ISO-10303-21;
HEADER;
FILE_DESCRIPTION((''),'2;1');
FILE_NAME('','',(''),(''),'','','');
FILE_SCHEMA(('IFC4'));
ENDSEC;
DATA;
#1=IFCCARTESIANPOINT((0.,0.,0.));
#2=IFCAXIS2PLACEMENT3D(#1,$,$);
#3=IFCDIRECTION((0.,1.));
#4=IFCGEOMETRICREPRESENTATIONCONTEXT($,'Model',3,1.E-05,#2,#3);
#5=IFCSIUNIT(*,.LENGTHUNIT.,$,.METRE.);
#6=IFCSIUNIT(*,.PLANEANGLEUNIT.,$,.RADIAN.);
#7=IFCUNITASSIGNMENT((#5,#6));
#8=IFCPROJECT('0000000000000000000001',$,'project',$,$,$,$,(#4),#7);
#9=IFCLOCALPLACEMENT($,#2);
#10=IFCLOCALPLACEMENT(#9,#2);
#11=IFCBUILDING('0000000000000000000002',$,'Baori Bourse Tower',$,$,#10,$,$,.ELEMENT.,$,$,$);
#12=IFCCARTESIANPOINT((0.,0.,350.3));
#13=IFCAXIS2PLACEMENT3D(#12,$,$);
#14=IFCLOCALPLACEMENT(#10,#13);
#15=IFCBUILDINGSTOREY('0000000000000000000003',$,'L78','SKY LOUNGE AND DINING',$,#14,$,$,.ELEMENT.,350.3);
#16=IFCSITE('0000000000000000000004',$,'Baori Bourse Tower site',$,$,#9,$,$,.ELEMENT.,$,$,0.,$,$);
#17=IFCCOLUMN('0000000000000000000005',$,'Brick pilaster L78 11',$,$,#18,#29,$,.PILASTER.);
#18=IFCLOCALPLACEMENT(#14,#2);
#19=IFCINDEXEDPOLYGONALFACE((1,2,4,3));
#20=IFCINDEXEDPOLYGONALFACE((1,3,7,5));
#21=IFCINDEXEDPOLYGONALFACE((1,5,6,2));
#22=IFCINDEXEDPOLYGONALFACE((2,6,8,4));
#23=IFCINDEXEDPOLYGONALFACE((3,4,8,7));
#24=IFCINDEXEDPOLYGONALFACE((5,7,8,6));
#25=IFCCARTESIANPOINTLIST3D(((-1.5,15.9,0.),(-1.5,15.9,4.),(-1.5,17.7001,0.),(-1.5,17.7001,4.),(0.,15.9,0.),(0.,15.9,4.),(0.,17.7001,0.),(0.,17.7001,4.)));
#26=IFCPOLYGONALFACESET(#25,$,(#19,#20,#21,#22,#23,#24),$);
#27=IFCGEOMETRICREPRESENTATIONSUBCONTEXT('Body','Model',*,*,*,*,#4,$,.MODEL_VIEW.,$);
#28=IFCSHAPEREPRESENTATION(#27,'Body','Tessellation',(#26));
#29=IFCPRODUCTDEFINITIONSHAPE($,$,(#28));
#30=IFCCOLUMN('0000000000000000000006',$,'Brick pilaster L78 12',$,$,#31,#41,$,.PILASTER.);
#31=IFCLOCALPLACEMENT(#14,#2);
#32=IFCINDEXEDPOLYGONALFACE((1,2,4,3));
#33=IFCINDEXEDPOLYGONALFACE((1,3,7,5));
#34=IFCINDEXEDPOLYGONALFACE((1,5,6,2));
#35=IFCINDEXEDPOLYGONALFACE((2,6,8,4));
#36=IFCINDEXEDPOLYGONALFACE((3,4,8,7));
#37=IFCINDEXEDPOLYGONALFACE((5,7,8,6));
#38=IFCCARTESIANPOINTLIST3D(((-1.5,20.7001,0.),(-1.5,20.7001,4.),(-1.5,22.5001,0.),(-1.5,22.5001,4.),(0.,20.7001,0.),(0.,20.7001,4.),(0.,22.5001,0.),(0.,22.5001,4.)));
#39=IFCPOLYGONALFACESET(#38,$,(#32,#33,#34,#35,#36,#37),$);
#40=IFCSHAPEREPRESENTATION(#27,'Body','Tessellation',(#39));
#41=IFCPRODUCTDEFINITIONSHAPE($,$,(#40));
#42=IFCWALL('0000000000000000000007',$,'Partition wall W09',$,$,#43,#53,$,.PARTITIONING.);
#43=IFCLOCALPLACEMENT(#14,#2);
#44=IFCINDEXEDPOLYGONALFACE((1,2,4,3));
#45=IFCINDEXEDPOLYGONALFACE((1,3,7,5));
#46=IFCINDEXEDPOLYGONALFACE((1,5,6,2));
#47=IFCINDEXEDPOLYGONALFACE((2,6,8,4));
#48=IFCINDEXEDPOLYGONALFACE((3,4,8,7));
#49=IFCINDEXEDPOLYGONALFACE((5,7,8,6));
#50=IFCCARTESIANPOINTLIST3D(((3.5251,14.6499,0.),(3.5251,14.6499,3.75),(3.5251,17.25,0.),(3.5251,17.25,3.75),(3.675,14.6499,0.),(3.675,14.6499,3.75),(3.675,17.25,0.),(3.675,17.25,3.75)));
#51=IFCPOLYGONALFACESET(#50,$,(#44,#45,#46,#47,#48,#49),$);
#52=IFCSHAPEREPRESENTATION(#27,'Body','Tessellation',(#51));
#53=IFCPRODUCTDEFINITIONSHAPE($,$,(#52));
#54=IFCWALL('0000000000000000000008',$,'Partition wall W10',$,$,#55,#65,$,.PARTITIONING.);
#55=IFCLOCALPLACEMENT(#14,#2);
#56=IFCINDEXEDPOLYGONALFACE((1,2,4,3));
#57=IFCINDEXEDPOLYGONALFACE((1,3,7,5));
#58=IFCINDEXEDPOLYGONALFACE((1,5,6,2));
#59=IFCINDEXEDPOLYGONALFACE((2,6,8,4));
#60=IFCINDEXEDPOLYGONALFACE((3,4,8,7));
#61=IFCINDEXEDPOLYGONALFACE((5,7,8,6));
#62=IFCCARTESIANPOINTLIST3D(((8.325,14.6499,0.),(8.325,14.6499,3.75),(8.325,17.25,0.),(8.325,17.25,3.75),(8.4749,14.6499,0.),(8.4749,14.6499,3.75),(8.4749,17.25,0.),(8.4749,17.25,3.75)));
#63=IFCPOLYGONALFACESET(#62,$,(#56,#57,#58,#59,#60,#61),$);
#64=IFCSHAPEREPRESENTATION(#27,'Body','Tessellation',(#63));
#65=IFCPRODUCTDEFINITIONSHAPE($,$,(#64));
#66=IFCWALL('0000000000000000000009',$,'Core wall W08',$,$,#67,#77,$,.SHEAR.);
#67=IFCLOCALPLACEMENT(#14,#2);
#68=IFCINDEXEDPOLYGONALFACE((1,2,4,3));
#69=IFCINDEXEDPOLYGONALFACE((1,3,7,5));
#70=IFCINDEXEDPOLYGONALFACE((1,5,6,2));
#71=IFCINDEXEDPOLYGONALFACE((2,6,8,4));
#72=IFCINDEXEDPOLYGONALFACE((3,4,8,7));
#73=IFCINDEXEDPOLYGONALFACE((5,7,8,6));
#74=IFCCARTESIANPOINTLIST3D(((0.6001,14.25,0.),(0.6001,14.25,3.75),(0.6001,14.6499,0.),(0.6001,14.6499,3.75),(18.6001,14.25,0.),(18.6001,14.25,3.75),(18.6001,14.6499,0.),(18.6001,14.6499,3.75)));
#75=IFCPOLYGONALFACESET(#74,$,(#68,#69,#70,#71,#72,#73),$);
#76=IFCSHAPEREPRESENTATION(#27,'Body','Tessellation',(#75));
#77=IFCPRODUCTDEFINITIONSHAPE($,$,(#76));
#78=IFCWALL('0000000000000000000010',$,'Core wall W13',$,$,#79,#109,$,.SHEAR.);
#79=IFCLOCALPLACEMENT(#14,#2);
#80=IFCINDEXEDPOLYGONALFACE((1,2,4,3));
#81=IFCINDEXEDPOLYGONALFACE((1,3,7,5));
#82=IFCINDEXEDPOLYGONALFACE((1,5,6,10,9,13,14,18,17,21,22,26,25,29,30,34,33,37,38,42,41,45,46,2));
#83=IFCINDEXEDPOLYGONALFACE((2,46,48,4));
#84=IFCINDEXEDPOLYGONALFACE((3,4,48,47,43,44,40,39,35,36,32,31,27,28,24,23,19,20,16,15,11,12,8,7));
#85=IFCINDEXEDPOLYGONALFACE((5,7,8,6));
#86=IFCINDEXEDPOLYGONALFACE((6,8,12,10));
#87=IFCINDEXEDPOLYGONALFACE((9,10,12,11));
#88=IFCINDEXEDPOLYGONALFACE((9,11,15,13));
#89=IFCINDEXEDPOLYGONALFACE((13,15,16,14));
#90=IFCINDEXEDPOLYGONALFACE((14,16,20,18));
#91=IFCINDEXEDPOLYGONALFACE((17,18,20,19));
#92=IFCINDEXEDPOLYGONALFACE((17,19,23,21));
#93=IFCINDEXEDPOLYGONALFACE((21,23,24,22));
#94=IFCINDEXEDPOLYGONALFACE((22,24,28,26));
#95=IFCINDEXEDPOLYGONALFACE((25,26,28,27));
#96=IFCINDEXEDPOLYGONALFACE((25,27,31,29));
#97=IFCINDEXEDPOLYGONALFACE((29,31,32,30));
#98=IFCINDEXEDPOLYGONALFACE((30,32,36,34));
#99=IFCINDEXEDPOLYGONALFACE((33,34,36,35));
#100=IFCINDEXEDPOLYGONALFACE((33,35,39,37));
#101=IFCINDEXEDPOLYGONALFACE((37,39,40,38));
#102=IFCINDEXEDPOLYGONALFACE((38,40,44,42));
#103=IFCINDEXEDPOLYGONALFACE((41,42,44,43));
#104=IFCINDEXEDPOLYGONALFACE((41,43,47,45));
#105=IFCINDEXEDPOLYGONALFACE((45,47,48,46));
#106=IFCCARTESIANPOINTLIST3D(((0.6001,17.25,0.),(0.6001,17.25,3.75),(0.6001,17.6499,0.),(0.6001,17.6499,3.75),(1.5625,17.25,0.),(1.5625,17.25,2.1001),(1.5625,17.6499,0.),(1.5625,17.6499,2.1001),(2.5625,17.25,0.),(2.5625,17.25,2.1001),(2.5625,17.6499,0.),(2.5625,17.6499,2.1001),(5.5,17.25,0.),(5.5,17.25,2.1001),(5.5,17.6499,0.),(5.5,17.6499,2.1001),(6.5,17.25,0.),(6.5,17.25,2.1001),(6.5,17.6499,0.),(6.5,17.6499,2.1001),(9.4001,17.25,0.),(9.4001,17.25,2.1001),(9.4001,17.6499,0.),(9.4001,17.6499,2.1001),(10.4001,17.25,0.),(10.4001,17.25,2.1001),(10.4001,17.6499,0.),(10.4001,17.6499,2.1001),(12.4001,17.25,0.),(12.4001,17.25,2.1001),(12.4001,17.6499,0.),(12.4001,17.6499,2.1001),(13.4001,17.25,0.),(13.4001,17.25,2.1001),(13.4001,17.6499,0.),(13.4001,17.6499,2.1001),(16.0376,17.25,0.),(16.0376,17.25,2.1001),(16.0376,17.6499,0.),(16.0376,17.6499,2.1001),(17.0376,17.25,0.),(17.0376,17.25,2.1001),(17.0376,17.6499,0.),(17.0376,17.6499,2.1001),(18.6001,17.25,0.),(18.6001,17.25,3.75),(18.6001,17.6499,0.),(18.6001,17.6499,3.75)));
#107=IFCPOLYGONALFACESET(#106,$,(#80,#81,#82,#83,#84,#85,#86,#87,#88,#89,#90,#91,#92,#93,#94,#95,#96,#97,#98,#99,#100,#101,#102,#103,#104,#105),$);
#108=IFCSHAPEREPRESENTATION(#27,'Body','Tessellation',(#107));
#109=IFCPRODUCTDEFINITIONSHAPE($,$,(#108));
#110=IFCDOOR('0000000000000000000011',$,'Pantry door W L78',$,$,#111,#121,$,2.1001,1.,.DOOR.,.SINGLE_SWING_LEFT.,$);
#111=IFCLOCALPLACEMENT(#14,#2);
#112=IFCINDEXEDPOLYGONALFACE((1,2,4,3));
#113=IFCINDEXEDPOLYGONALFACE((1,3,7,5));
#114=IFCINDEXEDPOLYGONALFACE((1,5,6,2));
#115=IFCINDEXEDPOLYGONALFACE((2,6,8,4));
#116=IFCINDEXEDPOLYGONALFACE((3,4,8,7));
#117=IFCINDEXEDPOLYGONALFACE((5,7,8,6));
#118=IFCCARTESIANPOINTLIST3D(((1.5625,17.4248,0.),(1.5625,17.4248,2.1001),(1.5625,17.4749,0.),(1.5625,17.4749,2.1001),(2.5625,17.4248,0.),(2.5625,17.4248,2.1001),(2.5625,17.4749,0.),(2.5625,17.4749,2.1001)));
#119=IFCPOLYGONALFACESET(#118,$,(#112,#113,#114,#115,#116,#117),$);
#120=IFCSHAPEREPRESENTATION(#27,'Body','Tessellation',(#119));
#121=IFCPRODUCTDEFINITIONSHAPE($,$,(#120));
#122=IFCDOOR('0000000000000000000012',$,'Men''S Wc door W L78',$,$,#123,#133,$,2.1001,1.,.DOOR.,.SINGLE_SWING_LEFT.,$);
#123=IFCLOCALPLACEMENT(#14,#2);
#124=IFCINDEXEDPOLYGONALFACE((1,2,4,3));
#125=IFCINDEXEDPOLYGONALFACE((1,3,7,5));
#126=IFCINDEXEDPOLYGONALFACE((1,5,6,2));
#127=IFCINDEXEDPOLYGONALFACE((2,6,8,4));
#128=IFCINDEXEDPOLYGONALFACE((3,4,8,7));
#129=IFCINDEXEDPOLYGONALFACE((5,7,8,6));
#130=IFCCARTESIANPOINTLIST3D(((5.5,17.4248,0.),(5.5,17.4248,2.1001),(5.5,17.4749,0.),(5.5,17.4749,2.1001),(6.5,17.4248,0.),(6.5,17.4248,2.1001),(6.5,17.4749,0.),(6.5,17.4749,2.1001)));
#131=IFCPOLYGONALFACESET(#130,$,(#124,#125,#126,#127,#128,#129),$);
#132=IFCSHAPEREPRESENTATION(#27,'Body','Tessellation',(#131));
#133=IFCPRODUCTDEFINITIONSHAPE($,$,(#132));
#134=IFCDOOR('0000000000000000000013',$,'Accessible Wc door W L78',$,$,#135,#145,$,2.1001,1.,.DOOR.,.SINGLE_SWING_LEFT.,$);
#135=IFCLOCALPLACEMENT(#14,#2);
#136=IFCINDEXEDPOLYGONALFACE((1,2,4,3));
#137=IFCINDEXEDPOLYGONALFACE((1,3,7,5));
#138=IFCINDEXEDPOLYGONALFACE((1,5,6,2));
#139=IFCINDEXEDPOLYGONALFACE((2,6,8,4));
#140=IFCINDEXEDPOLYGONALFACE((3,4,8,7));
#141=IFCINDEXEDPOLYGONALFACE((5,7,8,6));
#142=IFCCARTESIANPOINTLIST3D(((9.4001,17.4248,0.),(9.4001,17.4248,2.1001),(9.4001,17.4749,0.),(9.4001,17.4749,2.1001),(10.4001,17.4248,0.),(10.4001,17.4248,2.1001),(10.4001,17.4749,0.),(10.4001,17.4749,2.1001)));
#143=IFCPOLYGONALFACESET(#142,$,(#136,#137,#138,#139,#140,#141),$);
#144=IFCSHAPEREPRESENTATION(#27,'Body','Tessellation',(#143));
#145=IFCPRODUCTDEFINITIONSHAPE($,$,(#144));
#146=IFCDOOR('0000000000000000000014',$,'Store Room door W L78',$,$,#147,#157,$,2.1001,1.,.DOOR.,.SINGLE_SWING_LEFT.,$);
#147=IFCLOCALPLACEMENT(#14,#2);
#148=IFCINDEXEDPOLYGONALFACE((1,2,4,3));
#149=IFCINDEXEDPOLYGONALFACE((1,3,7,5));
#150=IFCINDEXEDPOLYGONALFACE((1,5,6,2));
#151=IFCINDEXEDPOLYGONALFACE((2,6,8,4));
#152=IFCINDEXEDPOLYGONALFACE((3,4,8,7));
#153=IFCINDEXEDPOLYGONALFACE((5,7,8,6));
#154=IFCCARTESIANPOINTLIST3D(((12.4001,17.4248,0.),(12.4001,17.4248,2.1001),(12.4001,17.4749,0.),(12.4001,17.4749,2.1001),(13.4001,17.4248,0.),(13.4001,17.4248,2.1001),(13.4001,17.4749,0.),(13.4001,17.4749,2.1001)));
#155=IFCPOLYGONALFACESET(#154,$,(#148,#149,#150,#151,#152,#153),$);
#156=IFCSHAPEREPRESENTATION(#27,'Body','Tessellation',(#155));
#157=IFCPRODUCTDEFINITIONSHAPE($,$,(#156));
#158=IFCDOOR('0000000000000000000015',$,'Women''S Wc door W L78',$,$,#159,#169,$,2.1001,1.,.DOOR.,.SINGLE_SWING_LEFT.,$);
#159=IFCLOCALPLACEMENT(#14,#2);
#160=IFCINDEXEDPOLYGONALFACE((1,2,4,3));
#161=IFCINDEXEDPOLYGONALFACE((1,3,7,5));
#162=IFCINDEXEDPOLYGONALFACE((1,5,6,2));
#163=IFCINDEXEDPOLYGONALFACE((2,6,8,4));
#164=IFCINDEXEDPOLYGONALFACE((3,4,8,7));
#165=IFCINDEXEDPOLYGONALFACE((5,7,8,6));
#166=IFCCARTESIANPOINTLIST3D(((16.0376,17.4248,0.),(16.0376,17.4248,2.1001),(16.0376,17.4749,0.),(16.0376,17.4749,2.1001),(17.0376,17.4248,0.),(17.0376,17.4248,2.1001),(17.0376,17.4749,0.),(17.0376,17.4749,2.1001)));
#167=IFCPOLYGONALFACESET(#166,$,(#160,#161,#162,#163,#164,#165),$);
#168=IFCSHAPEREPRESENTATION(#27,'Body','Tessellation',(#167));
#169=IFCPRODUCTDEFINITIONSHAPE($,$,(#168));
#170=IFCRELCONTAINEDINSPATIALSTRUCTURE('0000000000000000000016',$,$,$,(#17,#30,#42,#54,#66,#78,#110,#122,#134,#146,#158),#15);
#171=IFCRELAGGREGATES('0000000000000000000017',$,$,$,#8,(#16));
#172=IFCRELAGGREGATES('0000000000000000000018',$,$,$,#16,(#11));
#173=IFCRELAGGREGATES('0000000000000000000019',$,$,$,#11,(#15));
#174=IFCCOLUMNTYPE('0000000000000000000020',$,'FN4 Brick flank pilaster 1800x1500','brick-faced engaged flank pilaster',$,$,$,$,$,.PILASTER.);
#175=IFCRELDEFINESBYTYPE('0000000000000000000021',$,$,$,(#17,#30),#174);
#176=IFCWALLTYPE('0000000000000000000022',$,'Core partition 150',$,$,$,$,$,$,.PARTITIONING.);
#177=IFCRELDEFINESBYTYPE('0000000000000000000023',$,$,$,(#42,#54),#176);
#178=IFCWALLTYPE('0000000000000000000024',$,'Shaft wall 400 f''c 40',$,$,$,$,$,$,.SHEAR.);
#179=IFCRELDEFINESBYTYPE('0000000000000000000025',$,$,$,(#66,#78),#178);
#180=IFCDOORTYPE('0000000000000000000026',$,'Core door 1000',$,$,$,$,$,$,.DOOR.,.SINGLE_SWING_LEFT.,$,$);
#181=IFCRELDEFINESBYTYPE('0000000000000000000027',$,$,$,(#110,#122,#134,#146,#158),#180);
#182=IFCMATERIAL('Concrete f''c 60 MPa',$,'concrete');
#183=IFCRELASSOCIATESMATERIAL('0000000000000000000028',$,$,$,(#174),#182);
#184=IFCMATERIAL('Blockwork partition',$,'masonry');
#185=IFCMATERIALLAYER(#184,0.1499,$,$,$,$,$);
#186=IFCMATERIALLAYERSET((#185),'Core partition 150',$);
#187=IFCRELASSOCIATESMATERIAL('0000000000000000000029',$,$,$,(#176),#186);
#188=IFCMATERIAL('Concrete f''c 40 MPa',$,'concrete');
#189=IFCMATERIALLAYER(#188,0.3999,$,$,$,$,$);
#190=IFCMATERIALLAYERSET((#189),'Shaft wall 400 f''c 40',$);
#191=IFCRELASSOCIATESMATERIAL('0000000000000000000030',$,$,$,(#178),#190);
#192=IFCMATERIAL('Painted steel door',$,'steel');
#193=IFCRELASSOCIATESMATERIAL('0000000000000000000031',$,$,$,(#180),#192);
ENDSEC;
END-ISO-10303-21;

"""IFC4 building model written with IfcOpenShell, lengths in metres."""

from ifc_helpers import new_model, si_unit, direction, frame, frame_2d, origin, origin_2d, place, context, subcontext, project, spatial, rectangle, extrude, material, layer, layer_set, material_profile, profile_set, type_object, element, fill, save


model = new_model("IFC4")

# Units and contexts
model_context = context("Model", 3, precision=1e-05, world=origin(), true_north=direction((0.0, 1.0)))
body_context = subcontext(model_context, "Body", "Model", "MODEL_VIEW")
ifc_project = project(units=[si_unit("LENGTHUNIT", "METRE"), si_unit("PLANEANGLEUNIT", "RADIAN")], contexts=[model_context])

# Site, building, storey
site_placement = place(None, origin())
site = spatial("IfcSite", under=ifc_project, at=site_placement, Name="Baori Bourse Tower site", CompositionType="ELEMENT", RefElevation=0.0)
building_placement = place(site_placement, origin())
building = spatial("IfcBuilding", under=site, at=building_placement, Name="Baori Bourse Tower", CompositionType="ELEMENT")
storey_placement = place(building_placement, frame((0.0, 0.0, 350.3)))
storey = spatial("IfcBuildingStorey", under=building, at=storey_placement, Name="L78", Description="SKY LOUNGE AND DINING", CompositionType="ELEMENT", Elevation=350.3)

# Columns
ifc_material_1 = material(Name="Concrete f'c 60 MPa", Category="concrete")
ifc_material_profile = material_profile(ifc_material_1, rectangle(XDim=1.8, YDim=1.5, at=origin_2d()), Name="RC 1800x1500")
ifc_profile_set = profile_set([ifc_material_profile], Name="Concrete f'c 60 MPa")
column_type = type_object("IfcColumnType", Name="FN4 Brick flank pilaster 1800x1500", Description="brick-faced engaged flank pilaster", PredefinedType="PILASTER", material=ifc_profile_set)
for number, where, z_axis, x_axis, name in (
    (1, (-0.75, 16.8, 0.0), (0.0, 0.0, 1.0), (0.0, 1.0, 0.0), "Brick pilaster L78 11"),
    (2, (-0.75, 21.6001, 0.0), (0.0, 0.0, 1.0), (0.0, 1.0, 0.0), "Brick pilaster L78 12"),
):
    element("IfcColumn", number, at=place(storey_placement, frame(where, z_axis=z_axis, x_axis=x_axis)), inside=storey, type_object=column_type, Name=name, PredefinedType="PILASTER", context=body_context, shape_type="SweptSolid", body=[
        extrude(rectangle(XDim=1.8, YDim=1.5, at=origin_2d()), origin(), (0.0, 0.0, 1.0), 4.0),
    ])

# Walls
ifc_material_2 = material(Name="Blockwork partition", Category="masonry")
ifc_layer_1 = layer(ifc_material_2, 0.1499)
ifc_layer_set_1 = layer_set([ifc_layer_1], Name="Core partition 150")
wall_type_1 = type_object("IfcWallType", Name="Core partition 150", PredefinedType="PARTITIONING", material=ifc_layer_set_1)
for number, where, z_axis, x_axis, name in (
    (3, (3.6001, 14.6499, 0.0), (0.0, 0.0, 1.0), (0.0, 1.0, 0.0), "Partition wall W09"),
    (4, (8.3999, 14.6499, 0.0), (0.0, 0.0, 1.0), (0.0, 1.0, 0.0), "Partition wall W10"),
):
    element("IfcWall", number, at=place(storey_placement, frame(where, z_axis=z_axis, x_axis=x_axis)), inside=storey, type_object=wall_type_1, Name=name, PredefinedType="PARTITIONING", context=body_context, shape_type="SweptSolid", body=[
        extrude(rectangle(XDim=2.6001, YDim=0.1499, at=frame_2d((1.3, 0.0))), origin(), (0.0, 0.0, 1.0), 3.75),
    ])
ifc_material_3 = material(Name="Concrete f'c 40 MPa", Category="concrete")
ifc_layer_2 = layer(ifc_material_3, 0.3999)
ifc_layer_set_2 = layer_set([ifc_layer_2], Name="Shaft wall 400 f'c 40")
wall_type_2 = type_object("IfcWallType", Name="Shaft wall 400 f'c 40", PredefinedType="SHEAR", material=ifc_layer_set_2)
wall_1_placement = place(storey_placement, frame((0.6001, 14.45, 0.0), z_axis=(0.0, 0.0, 1.0), x_axis=(1.0, 0.0, 0.0)))
element("IfcWall", 5, at=wall_1_placement, inside=storey, type_object=wall_type_2, Name="Core wall W08", PredefinedType="SHEAR", context=body_context, shape_type="SweptSolid", body=[
    extrude(rectangle(XDim=18.0, YDim=0.3999, at=frame_2d((9.0, 0.0))), origin(), (0.0, 0.0, 1.0), 3.75),
])

# Wall, openings, doors
wall_2_placement = place(storey_placement, frame((0.6001, 17.45, 0.0), z_axis=(0.0, 0.0, 1.0), x_axis=(1.0, 0.0, 0.0)))
wall_2 = element("IfcWall", 6, at=wall_2_placement, inside=storey, type_object=wall_type_2, Name="Core wall W13", PredefinedType="SHEAR", context=body_context, shape_type="SweptSolid", body=[
    extrude(rectangle(XDim=18.0, YDim=0.3999, at=frame_2d((9.0, 0.0))), origin(), (0.0, 0.0, 1.0), 3.75),
])
opening_1_placement = place(wall_2_placement, frame((0.9624, 0.0, 0.0)))
opening_1 = element("IfcOpeningElement", 7, at=opening_1_placement, cuts=wall_2, PredefinedType="OPENING", context=body_context, shape_type="SweptSolid", body=[
    extrude(rectangle(XDim=1.0, YDim=2.1001, at=frame_2d((0.5, 1.05))), frame((0.0, 0.21, 0.0), z_axis=(0.0, -1.0, 0.0), x_axis=(1.0, 0.0, 0.0)), (0.0, 0.0, 1.0), 0.4199),
])
opening_2_placement = place(wall_2_placement, frame((4.8999, 0.0, 0.0)))
opening_2 = element("IfcOpeningElement", 8, at=opening_2_placement, cuts=wall_2, PredefinedType="OPENING", context=body_context, shape_type="SweptSolid", body=[
    extrude(rectangle(XDim=1.0, YDim=2.1001, at=frame_2d((0.5, 1.05))), frame((0.0, 0.21, 0.0), z_axis=(0.0, -1.0, 0.0), x_axis=(1.0, 0.0, 0.0)), (0.0, 0.0, 1.0), 0.4199),
])
opening_3_placement = place(wall_2_placement, frame((8.8, 0.0, 0.0)))
opening_3 = element("IfcOpeningElement", 9, at=opening_3_placement, cuts=wall_2, PredefinedType="OPENING", context=body_context, shape_type="SweptSolid", body=[
    extrude(rectangle(XDim=1.0, YDim=2.1001, at=frame_2d((0.5, 1.05))), frame((0.0, 0.21, 0.0), z_axis=(0.0, -1.0, 0.0), x_axis=(1.0, 0.0, 0.0)), (0.0, 0.0, 1.0), 0.4199),
])
opening_4_placement = place(wall_2_placement, frame((11.8, 0.0, 0.0)))
opening_4 = element("IfcOpeningElement", 10, at=opening_4_placement, cuts=wall_2, PredefinedType="OPENING", context=body_context, shape_type="SweptSolid", body=[
    extrude(rectangle(XDim=1.0, YDim=2.1001, at=frame_2d((0.5, 1.05))), frame((0.0, 0.21, 0.0), z_axis=(0.0, -1.0, 0.0), x_axis=(1.0, 0.0, 0.0)), (0.0, 0.0, 1.0), 0.4199),
])
opening_5_placement = place(wall_2_placement, frame((15.4375, 0.0, 0.0)))
opening_5 = element("IfcOpeningElement", 11, at=opening_5_placement, cuts=wall_2, PredefinedType="OPENING", context=body_context, shape_type="SweptSolid", body=[
    extrude(rectangle(XDim=1.0, YDim=2.1001, at=frame_2d((0.5, 1.05))), frame((0.0, 0.21, 0.0), z_axis=(0.0, -1.0, 0.0), x_axis=(1.0, 0.0, 0.0)), (0.0, 0.0, 1.0), 0.4199),
])
ifc_material_4 = material(Name="Painted steel door", Category="steel")
door_type_1 = type_object("IfcDoorType", Name="Core door 1000", OperationType="SINGLE_SWING_LEFT", PredefinedType="DOOR", material=ifc_material_4)
door_1_placement = place(opening_1_placement, origin())
door_1 = element("IfcDoor", 12, at=door_1_placement, inside=storey, type_object=door_type_1, Name="Pantry door W L78", OperationType="SINGLE_SWING_LEFT", OverallHeight=2.1001, OverallWidth=1.0, PredefinedType="DOOR", context=body_context, shape_type="SweptSolid", body=[
    extrude(rectangle(XDim=1.0, YDim=2.1001, at=frame_2d((0.5, 1.05))), frame((0.0, 0.0249, 0.0), z_axis=(0.0, -1.0, 0.0), x_axis=(1.0, 0.0, 0.0)), (0.0, 0.0, 1.0), 0.05),
])
fill(opening_1, door_1)
door_2_placement = place(opening_2_placement, origin())
door_2 = element("IfcDoor", 13, at=door_2_placement, inside=storey, type_object=door_type_1, Name="Men'S Wc door W L78", OperationType="SINGLE_SWING_LEFT", OverallHeight=2.1001, OverallWidth=1.0, PredefinedType="DOOR", context=body_context, shape_type="SweptSolid", body=[
    extrude(rectangle(XDim=1.0, YDim=2.1001, at=frame_2d((0.5, 1.05))), frame((0.0, 0.0249, 0.0), z_axis=(0.0, -1.0, 0.0), x_axis=(1.0, 0.0, 0.0)), (0.0, 0.0, 1.0), 0.05),
])
fill(opening_2, door_2)
door_3_placement = place(opening_3_placement, origin())
door_3 = element("IfcDoor", 14, at=door_3_placement, inside=storey, type_object=door_type_1, Name="Accessible Wc door W L78", OperationType="SINGLE_SWING_LEFT", OverallHeight=2.1001, OverallWidth=1.0, PredefinedType="DOOR", context=body_context, shape_type="SweptSolid", body=[
    extrude(rectangle(XDim=1.0, YDim=2.1001, at=frame_2d((0.5, 1.05))), frame((0.0, 0.0249, 0.0), z_axis=(0.0, -1.0, 0.0), x_axis=(1.0, 0.0, 0.0)), (0.0, 0.0, 1.0), 0.05),
])
fill(opening_3, door_3)
door_4_placement = place(opening_4_placement, origin())
door_4 = element("IfcDoor", 15, at=door_4_placement, inside=storey, type_object=door_type_1, Name="Store Room door W L78", OperationType="SINGLE_SWING_LEFT", OverallHeight=2.1001, OverallWidth=1.0, PredefinedType="DOOR", context=body_context, shape_type="SweptSolid", body=[
    extrude(rectangle(XDim=1.0, YDim=2.1001, at=frame_2d((0.5, 1.05))), frame((0.0, 0.0249, 0.0), z_axis=(0.0, -1.0, 0.0), x_axis=(1.0, 0.0, 0.0)), (0.0, 0.0, 1.0), 0.05),
])
fill(opening_4, door_4)
door_5_placement = place(opening_5_placement, origin())
door_5 = element("IfcDoor", 16, at=door_5_placement, inside=storey, type_object=door_type_1, Name="Women'S Wc door W L78", OperationType="SINGLE_SWING_LEFT", OverallHeight=2.1001, OverallWidth=1.0, PredefinedType="DOOR", context=body_context, shape_type="SweptSolid", body=[
    extrude(rectangle(XDim=1.0, YDim=2.1001, at=frame_2d((0.5, 1.05))), frame((0.0, 0.0249, 0.0), z_axis=(0.0, -1.0, 0.0), x_axis=(1.0, 0.0, 0.0)), (0.0, 0.0, 1.0), 0.05),
])
fill(opening_5, door_5)

save(model, "model.ifc")
